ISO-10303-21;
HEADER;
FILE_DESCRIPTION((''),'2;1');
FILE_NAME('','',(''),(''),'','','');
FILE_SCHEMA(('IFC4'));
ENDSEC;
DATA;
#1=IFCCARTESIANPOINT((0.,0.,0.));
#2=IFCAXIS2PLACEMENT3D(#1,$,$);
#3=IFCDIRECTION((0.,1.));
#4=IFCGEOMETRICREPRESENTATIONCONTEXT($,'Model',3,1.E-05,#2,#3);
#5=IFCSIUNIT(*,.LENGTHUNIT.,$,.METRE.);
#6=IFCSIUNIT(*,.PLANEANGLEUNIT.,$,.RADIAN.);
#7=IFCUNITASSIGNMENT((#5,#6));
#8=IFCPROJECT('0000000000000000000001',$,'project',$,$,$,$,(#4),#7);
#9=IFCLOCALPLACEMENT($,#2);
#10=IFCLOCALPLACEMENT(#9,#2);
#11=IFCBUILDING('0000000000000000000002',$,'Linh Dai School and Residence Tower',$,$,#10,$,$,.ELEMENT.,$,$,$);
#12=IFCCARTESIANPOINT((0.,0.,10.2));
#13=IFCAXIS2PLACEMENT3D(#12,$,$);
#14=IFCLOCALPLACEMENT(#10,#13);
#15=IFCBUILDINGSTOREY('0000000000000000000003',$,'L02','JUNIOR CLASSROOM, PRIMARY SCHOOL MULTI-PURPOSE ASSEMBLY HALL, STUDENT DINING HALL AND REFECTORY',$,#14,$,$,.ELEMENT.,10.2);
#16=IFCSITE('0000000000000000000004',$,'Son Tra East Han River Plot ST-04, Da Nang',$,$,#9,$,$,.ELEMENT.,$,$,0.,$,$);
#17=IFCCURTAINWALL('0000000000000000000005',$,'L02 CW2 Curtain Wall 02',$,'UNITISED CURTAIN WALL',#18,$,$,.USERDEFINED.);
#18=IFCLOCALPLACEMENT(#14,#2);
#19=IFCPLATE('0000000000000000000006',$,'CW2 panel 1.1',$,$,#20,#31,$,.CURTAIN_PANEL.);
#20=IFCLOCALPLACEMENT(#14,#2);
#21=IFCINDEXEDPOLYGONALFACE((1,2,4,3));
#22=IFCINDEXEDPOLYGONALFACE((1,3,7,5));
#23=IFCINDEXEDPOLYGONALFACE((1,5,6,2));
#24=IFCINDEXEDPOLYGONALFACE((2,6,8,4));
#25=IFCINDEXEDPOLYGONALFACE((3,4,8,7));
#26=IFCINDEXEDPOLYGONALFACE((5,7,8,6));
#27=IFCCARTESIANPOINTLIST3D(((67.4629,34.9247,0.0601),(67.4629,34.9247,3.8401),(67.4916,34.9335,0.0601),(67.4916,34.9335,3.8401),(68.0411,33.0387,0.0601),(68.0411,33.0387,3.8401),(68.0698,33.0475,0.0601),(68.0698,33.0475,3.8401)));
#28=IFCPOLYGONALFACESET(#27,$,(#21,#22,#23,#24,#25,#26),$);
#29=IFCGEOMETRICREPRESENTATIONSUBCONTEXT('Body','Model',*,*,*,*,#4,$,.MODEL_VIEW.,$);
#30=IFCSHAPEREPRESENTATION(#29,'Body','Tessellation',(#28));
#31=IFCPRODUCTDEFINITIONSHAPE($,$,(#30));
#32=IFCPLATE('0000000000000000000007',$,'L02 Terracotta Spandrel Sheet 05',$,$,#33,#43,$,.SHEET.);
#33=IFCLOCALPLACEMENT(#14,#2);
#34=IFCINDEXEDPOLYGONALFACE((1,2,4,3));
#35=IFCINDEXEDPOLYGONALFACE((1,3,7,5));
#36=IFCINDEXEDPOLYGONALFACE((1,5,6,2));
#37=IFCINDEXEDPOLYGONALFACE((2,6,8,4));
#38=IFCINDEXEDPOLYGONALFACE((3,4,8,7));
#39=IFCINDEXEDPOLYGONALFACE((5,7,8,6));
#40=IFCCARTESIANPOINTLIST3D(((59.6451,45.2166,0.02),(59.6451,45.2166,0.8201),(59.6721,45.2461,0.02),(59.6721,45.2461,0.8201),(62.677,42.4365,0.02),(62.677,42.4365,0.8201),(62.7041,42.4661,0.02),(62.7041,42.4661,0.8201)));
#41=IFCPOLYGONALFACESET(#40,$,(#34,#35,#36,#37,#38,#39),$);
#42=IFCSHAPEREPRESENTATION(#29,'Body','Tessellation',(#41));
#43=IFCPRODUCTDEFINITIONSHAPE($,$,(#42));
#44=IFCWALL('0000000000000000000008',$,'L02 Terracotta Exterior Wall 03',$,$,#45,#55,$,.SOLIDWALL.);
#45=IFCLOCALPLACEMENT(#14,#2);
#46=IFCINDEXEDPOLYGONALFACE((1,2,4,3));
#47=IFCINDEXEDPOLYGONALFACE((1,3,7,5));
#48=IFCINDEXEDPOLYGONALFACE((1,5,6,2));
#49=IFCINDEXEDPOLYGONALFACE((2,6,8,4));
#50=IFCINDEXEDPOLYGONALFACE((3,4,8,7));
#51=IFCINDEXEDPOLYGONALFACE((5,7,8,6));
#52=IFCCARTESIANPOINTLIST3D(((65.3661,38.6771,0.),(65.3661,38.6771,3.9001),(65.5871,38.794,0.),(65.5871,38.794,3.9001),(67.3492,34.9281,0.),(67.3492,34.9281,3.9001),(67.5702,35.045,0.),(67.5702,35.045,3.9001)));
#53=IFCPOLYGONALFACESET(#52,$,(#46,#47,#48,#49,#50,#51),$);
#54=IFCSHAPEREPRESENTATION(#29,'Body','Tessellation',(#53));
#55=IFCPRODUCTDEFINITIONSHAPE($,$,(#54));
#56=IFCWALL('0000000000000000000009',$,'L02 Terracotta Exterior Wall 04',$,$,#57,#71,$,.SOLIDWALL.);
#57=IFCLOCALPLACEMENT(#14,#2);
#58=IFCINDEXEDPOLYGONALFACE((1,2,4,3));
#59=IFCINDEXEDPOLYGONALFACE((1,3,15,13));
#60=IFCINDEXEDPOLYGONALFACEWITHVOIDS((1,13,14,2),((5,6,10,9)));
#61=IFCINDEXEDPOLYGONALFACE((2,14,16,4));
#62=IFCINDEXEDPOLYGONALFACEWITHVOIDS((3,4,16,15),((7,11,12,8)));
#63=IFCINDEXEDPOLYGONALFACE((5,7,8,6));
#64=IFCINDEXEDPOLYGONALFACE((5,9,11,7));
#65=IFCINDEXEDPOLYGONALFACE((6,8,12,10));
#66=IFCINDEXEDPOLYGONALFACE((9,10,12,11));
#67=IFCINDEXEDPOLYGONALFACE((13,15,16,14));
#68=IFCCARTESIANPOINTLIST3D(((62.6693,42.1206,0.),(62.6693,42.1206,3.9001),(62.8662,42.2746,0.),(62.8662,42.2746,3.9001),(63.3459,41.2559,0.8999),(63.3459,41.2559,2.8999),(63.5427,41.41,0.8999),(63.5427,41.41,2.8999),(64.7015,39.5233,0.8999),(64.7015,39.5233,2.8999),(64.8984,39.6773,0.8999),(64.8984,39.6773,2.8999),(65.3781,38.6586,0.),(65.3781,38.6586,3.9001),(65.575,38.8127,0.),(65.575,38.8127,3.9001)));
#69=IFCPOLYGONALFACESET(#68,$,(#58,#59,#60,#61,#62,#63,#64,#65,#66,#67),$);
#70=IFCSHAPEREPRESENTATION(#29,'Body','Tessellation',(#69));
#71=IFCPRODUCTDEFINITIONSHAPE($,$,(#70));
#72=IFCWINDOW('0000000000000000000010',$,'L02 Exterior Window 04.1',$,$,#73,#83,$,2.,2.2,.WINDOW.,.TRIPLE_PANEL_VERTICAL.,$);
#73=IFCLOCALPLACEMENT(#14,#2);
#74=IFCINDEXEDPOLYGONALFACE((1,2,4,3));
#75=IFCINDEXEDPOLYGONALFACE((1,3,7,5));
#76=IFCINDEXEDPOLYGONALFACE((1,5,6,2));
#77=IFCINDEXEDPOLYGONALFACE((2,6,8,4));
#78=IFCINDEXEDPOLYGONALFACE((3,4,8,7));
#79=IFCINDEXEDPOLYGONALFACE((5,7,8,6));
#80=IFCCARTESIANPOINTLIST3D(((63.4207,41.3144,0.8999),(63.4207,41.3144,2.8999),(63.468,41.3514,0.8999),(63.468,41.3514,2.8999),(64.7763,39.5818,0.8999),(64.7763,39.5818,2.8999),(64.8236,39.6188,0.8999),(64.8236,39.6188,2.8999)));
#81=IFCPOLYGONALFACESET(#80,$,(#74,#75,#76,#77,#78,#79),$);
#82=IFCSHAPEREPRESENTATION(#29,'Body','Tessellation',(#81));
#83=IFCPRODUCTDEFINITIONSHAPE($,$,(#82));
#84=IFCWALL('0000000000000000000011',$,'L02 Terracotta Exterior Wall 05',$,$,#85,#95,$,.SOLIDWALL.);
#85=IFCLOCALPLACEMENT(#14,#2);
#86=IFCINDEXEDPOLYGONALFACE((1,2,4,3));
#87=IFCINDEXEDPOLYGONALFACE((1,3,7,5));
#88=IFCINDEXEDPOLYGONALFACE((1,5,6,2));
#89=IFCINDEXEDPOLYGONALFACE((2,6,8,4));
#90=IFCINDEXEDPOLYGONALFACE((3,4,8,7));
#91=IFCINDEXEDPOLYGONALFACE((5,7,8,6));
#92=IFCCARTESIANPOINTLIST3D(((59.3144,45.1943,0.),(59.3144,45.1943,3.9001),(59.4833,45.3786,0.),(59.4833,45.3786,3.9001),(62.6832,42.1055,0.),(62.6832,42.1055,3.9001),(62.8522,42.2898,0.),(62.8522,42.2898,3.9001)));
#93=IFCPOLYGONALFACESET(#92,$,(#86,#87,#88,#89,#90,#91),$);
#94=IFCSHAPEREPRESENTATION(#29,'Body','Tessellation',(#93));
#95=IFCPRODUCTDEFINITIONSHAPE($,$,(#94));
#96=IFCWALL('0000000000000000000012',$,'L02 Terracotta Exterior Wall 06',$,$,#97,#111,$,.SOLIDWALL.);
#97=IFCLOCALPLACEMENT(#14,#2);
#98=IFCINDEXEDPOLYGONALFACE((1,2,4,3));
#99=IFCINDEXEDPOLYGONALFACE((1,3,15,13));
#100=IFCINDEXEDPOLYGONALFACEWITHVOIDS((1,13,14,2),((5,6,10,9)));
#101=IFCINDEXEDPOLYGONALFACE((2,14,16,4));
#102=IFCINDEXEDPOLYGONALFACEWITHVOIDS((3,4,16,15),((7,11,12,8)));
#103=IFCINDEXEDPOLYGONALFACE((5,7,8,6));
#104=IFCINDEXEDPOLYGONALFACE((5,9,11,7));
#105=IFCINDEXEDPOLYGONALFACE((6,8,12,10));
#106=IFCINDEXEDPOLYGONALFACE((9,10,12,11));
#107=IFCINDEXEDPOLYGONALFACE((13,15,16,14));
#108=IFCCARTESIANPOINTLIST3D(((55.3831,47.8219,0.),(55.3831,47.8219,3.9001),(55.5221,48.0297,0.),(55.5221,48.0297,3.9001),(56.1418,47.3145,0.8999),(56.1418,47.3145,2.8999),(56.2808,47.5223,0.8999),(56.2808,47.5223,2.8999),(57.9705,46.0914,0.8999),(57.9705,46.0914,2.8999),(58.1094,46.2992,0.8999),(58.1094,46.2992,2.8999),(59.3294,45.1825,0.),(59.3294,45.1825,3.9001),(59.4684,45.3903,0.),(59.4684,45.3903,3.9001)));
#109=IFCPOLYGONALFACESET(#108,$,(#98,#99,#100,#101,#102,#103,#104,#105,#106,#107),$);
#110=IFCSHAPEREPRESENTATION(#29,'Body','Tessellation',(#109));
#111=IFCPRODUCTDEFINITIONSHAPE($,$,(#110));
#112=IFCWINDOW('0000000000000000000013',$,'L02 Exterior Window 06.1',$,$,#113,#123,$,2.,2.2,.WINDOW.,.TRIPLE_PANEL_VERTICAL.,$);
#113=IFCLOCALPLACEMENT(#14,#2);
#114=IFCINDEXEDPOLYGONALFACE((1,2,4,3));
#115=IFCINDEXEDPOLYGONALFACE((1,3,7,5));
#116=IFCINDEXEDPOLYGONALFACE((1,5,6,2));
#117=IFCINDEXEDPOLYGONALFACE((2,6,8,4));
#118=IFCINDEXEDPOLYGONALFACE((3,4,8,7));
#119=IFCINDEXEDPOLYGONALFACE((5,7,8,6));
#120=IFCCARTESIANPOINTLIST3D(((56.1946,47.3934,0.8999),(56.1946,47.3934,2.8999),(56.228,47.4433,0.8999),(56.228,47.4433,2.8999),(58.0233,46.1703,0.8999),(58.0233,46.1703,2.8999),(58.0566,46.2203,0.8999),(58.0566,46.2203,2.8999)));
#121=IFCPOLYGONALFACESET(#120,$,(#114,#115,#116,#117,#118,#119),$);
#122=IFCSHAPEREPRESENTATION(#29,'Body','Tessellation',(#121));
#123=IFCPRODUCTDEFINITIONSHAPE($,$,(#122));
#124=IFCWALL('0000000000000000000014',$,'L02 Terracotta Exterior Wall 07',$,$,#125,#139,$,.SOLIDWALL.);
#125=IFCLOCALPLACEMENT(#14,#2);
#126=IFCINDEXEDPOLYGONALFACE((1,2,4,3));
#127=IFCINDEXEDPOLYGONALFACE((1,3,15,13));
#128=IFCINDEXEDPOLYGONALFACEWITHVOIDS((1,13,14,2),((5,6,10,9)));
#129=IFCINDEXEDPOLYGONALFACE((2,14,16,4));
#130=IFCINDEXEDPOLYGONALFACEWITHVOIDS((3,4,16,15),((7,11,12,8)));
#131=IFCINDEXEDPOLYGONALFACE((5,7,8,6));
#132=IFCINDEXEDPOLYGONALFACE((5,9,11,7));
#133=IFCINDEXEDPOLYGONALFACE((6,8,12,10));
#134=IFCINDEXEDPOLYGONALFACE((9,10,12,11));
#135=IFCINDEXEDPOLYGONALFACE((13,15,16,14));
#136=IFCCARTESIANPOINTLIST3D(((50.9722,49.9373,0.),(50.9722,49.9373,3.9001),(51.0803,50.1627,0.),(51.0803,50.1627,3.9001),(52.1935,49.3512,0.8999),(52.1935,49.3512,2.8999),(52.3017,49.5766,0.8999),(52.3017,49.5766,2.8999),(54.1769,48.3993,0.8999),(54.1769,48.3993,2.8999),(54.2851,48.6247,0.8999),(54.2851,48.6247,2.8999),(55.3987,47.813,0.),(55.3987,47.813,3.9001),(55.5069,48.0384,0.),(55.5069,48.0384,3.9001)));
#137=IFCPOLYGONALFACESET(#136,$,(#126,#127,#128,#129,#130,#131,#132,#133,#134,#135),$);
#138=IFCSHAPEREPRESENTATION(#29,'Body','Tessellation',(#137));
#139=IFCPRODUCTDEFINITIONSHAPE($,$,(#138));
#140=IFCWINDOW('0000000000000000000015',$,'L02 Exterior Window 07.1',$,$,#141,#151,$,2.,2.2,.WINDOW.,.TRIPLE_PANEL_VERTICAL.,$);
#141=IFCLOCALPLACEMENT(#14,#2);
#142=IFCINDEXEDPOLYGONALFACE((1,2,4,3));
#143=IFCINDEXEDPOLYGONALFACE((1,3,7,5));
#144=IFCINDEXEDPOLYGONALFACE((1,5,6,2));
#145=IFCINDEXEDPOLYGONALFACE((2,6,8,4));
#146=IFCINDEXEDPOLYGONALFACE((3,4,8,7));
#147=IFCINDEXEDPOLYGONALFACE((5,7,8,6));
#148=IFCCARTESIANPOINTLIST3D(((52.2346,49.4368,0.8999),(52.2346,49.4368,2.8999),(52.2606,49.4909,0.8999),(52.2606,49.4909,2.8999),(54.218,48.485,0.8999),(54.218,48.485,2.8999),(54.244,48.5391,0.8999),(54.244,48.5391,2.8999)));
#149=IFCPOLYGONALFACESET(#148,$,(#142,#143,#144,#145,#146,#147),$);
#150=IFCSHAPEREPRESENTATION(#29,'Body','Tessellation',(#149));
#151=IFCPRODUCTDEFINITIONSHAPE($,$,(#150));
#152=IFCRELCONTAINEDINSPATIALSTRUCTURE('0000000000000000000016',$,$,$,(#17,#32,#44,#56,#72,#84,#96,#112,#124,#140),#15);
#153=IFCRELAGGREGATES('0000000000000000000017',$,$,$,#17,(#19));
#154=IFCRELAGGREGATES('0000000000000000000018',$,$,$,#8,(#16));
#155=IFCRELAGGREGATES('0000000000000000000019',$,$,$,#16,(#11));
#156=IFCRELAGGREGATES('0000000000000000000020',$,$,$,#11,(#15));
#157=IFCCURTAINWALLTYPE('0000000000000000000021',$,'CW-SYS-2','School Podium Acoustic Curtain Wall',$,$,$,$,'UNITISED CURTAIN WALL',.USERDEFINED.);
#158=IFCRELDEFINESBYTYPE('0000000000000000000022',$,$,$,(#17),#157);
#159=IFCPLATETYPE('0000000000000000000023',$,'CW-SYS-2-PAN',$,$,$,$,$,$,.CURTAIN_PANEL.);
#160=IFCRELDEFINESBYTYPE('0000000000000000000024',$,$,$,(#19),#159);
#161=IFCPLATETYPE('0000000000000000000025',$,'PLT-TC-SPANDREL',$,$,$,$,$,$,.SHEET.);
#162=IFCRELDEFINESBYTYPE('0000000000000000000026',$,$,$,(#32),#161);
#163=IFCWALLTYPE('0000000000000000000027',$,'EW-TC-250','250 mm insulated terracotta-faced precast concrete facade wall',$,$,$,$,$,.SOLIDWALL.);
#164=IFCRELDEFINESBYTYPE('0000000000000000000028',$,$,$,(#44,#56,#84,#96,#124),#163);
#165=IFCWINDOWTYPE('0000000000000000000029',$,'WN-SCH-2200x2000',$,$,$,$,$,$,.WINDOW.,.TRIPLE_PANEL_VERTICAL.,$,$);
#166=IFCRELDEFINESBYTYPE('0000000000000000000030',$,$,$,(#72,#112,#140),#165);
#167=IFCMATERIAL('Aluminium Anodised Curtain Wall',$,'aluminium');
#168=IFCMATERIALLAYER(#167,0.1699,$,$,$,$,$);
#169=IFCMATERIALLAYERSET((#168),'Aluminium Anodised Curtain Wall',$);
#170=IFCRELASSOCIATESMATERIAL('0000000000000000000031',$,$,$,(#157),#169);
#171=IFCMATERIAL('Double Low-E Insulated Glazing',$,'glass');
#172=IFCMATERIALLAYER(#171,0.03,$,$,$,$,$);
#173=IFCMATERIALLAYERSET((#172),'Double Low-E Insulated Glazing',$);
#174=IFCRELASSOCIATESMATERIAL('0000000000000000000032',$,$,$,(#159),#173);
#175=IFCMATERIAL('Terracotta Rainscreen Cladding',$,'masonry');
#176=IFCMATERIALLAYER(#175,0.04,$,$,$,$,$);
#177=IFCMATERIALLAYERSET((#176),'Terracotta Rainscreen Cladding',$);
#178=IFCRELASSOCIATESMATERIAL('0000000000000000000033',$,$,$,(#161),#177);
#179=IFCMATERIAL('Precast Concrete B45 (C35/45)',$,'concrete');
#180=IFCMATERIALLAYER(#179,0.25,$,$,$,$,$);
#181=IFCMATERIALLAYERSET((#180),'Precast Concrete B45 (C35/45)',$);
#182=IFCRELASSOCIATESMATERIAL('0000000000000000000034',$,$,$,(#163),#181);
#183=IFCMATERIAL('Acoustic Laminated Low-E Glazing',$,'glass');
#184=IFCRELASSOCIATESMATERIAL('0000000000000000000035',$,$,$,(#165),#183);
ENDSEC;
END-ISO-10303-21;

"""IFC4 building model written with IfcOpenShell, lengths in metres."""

from ifc_helpers import new_model, si_unit, direction, frame, frame_2d, origin, origin_2d, place, context, subcontext, project, spatial, rectangle, extrude, source, transform, mapped, material, layer, layer_set, type_object, element, fill, aggregate, save


model = new_model("IFC4")

# Units and contexts
model_context = context("Model", 3, precision=1e-05, world=origin(), true_north=direction((0.0, 1.0)))
body_context = subcontext(model_context, "Body", "Model", "MODEL_VIEW")
ifc_project = project(units=[si_unit("LENGTHUNIT", "METRE"), si_unit("PLANEANGLEUNIT", "RADIAN")], contexts=[model_context])

# Site, building, storey
site_placement = place(None, origin())
site = spatial("IfcSite", under=ifc_project, at=site_placement, Name="Son Tra East Han River Plot ST-04, Da Nang", CompositionType="ELEMENT", RefElevation=0.0)
building_placement = place(site_placement, origin())
building = spatial("IfcBuilding", under=site, at=building_placement, Name="Linh Dai School and Residence Tower", CompositionType="ELEMENT")
storey_placement = place(building_placement, frame((0.0, 0.0, 10.2)))
storey = spatial("IfcBuildingStorey", under=building, at=storey_placement, Name="L02", Description="JUNIOR CLASSROOM, PRIMARY SCHOOL MULTI-PURPOSE ASSEMBLY HALL, STUDENT DINING HALL AND REFECTORY", CompositionType="ELEMENT", Elevation=10.2)

# Curtain wall
ifc_material_1 = material(Name="Aluminium Anodised Curtain Wall", Category="aluminium")
ifc_layer_1 = layer(ifc_material_1, 0.1699)
ifc_layer_set_1 = layer_set([ifc_layer_1], Name="Aluminium Anodised Curtain Wall")
curtain_wall_type = type_object("IfcCurtainWallType", Name="CW-SYS-2", Description="School Podium Acoustic Curtain Wall", ElementType="UNITISED CURTAIN WALL", PredefinedType="USERDEFINED", material=ifc_layer_set_1)
curtain_wall_placement = place(storey_placement, origin())
curtain_wall = element("IfcCurtainWall", 1, at=curtain_wall_placement, inside=storey, type_object=curtain_wall_type, Name="L02 CW2 Curtain Wall 02", ObjectType="UNITISED CURTAIN WALL", PredefinedType="USERDEFINED")

# Plates
ifc_material_2 = material(Name="Double Low-E Insulated Glazing", Category="glass")
ifc_layer_2 = layer(ifc_material_2, 0.03)
ifc_layer_set_2 = layer_set([ifc_layer_2], Name="Double Low-E Insulated Glazing")
plate_type_1 = type_object("IfcPlateType", Name="CW-SYS-2-PAN", PredefinedType="CURTAIN_PANEL", material=ifc_layer_set_2)
shared_shape_1 = source(origin(), body_context, "Body", "SweptSolid", [
    extrude(rectangle(XDim=1.9727, YDim=0.03, at=origin_2d()), origin(), (0.0, 0.0, 1.0), 3.78),
])
plate_1_placement = place(storey_placement, frame((67.7664, 33.9861, 0.0601), z_axis=(0.0, 0.0, 1.0), x_axis=(0.293104, -0.956081, 0.0)))
plate_1 = element("IfcPlate", 2, at=plate_1_placement, type_object=plate_type_1, Name="CW2 panel 1.1", PredefinedType="CURTAIN_PANEL", context=body_context, shape_type="MappedRepresentation", body=[
    mapped(shared_shape_1, transform((0.0, 0.0, 0.0), x_axis=(1.0, 0.0, 0.0), y_axis=(0.0, 1.0, 0.0), z_axis=(0.0, 0.0, 1.0), scale=1.0)),
])
aggregate(curtain_wall, [plate_1])
ifc_material_3 = material(Name="Terracotta Rainscreen Cladding", Category="masonry")
ifc_layer_3 = layer(ifc_material_3, 0.04)
ifc_layer_set_3 = layer_set([ifc_layer_3], Name="Terracotta Rainscreen Cladding")
plate_type_2 = type_object("IfcPlateType", Name="PLT-TC-SPANDREL", PredefinedType="SHEET", material=ifc_layer_set_3)
shared_shape_2 = source(origin(), body_context, "Body", "SweptSolid", [
    extrude(rectangle(XDim=4.1135, YDim=0.04, at=origin_2d()), origin(), (0.0, 0.0, 1.0), 0.8),
])
plate_2_placement = place(storey_placement, frame((61.1746, 43.8413, 0.02), z_axis=(0.0, 0.0, 1.0), x_axis=(0.737063, -0.675824, 0.0)))
element("IfcPlate", 3, at=plate_2_placement, inside=storey, type_object=plate_type_2, Name="L02 Terracotta Spandrel Sheet 05", PredefinedType="SHEET", context=body_context, shape_type="MappedRepresentation", body=[
    mapped(shared_shape_2, transform((0.0, 0.0, 0.0), x_axis=(1.0, 0.0, 0.0), y_axis=(0.0, 1.0, 0.0), z_axis=(0.0, 0.0, 1.0), scale=1.0)),
])

# Wall
ifc_material_4 = material(Name="Precast Concrete B45 (C35/45)", Category="concrete")
ifc_layer_4 = layer(ifc_material_4, 0.25)
ifc_layer_set_4 = layer_set([ifc_layer_4], Name="Precast Concrete B45 (C35/45)")
wall_type_1 = type_object("IfcWallType", Name="EW-TC-250", Description="250 mm insulated terracotta-faced precast concrete facade wall", PredefinedType="SOLIDWALL", material=ifc_layer_set_4)
wall_1_placement = place(storey_placement, frame((65.4766, 38.7356, 0.0), z_axis=(0.0, 0.0, 1.0), x_axis=(0.467589, -0.883946, 0.0)))
element("IfcWall", 4, at=wall_1_placement, inside=storey, type_object=wall_type_1, Name="L02 Terracotta Exterior Wall 03", PredefinedType="SOLIDWALL", context=body_context, shape_type="SweptSolid", body=[
    extrude(rectangle(XDim=4.2412, YDim=0.25, at=frame_2d((2.1206, 0.0))), origin(), (0.0, 0.0, 1.0), 3.9001),
])

# Wall, opening, window
wall_2_placement = place(storey_placement, frame((62.7678, 42.1975, 0.0), z_axis=(0.0, 0.0, 1.0), x_axis=(0.616226, -0.787569, 0.0)))
wall_2 = element("IfcWall", 5, at=wall_2_placement, inside=storey, type_object=wall_type_1, Name="L02 Terracotta Exterior Wall 04", PredefinedType="SOLIDWALL", context=body_context, shape_type="SweptSolid", body=[
    extrude(rectangle(XDim=4.3958, YDim=0.25, at=frame_2d((2.1978, 0.0))), origin(), (0.0, 0.0, 1.0), 3.9001),
])
opening_1_placement = place(wall_2_placement, frame((1.0977, 0.0, 0.8999)))
opening_1 = element("IfcOpeningElement", 6, at=opening_1_placement, cuts=wall_2, PredefinedType="OPENING", context=body_context, shape_type="SweptSolid", body=[
    extrude(rectangle(XDim=2.2, YDim=2.0, at=origin_2d()), frame((1.1001, 0.135, 1.0), z_axis=(0.0, -1.0, 0.0), x_axis=(1.0, 0.0, 0.0)), (0.0, 0.0, 1.0), 0.27),
])
ifc_material_5 = material(Name="Acoustic Laminated Low-E Glazing", Category="glass")
window_type = type_object("IfcWindowType", Name="WN-SCH-2200x2000", PartitioningType="TRIPLE_PANEL_VERTICAL", PredefinedType="WINDOW", material=ifc_material_5)
shared_shape_3 = source(origin(), body_context, "Body", "SweptSolid", [
    extrude(rectangle(XDim=2.2, YDim=2.0, at=origin_2d()), frame((1.1001, 0.03, 1.0), z_axis=(0.0, -1.0, 0.0), x_axis=(1.0, 0.0, 0.0)), (0.0, 0.0, 1.0), 0.0601),
])
window_1_placement = place(opening_1_placement, origin())
window_1 = element("IfcWindow", 7, at=window_1_placement, inside=storey, type_object=window_type, Name="L02 Exterior Window 04.1", OverallHeight=2.0, OverallWidth=2.2, PartitioningType="TRIPLE_PANEL_VERTICAL", PredefinedType="WINDOW", context=body_context, shape_type="MappedRepresentation", body=[
    mapped(shared_shape_3, transform((0.0, 0.0, 0.0), x_axis=(1.0, 0.0, 0.0), y_axis=(0.0, 1.0, 0.0), z_axis=(0.0, 0.0, 1.0), scale=1.0)),
])
fill(opening_1, window_1)

# Wall
wall_3_placement = place(storey_placement, frame((59.3989, 45.2864, 0.0), z_axis=(0.0, 0.0, 1.0), x_axis=(0.737077, -0.675809, 0.0)))
element("IfcWall", 8, at=wall_3_placement, inside=storey, type_object=wall_type_1, Name="L02 Terracotta Exterior Wall 05", PredefinedType="SOLIDWALL", context=body_context, shape_type="SweptSolid", body=[
    extrude(rectangle(XDim=4.5706, YDim=0.25, at=frame_2d((2.2852, 0.0))), origin(), (0.0, 0.0, 1.0), 3.9001),
])

# Walls, openings, windows
wall_4_placement = place(storey_placement, frame((55.4526, 47.9258, 0.0), z_axis=(0.0, 0.0, 1.0), x_axis=(0.831219, -0.555946, 0.0)))
wall_4 = element("IfcWall", 9, at=wall_4_placement, inside=storey, type_object=wall_type_1, Name="L02 Terracotta Exterior Wall 06", PredefinedType="SOLIDWALL", context=body_context, shape_type="SweptSolid", body=[
    extrude(rectangle(XDim=4.7476, YDim=0.25, at=frame_2d((2.3738, 0.0))), origin(), (0.0, 0.0, 1.0), 3.9001),
])
opening_2_placement = place(wall_4_placement, frame((0.9126, 0.0, 0.8999)))
opening_2 = element("IfcOpeningElement", 10, at=opening_2_placement, cuts=wall_4, PredefinedType="OPENING", context=body_context, shape_type="SweptSolid", body=[
    extrude(rectangle(XDim=2.2, YDim=2.0, at=origin_2d()), frame((1.1001, 0.135, 1.0), z_axis=(0.0, -1.0, 0.0), x_axis=(1.0, 0.0, 0.0)), (0.0, 0.0, 1.0), 0.27),
])
window_2_placement = place(opening_2_placement, origin())
window_2 = element("IfcWindow", 11, at=window_2_placement, inside=storey, type_object=window_type, Name="L02 Exterior Window 06.1", OverallHeight=2.0, OverallWidth=2.2, PartitioningType="TRIPLE_PANEL_VERTICAL", PredefinedType="WINDOW", context=body_context, shape_type="MappedRepresentation", body=[
    mapped(shared_shape_3, transform((0.0, 0.0, 0.0), x_axis=(1.0, 0.0, 0.0), y_axis=(0.0, 1.0, 0.0), z_axis=(0.0, 0.0, 1.0), scale=1.0)),
])
fill(opening_2, window_2)
wall_5_placement = place(storey_placement, frame((51.0261, 50.05, 0.0), z_axis=(0.0, 0.0, 1.0), x_axis=(0.90156, -0.432655, 0.0)))
wall_5 = element("IfcWall", 12, at=wall_5_placement, inside=storey, type_object=wall_type_1, Name="L02 Terracotta Exterior Wall 07", PredefinedType="SOLIDWALL", context=body_context, shape_type="SweptSolid", body=[
    extrude(rectangle(XDim=4.9099, YDim=0.25, at=frame_2d((2.4551, 0.0))), origin(), (0.0, 0.0, 1.0), 3.9001),
])
opening_3_placement = place(wall_5_placement, frame((1.3547, 0.0, 0.8999)))
opening_3 = element("IfcOpeningElement", 13, at=opening_3_placement, cuts=wall_5, PredefinedType="OPENING", context=body_context, shape_type="SweptSolid", body=[
    extrude(rectangle(XDim=2.2, YDim=2.0, at=origin_2d()), frame((1.1001, 0.135, 1.0), z_axis=(0.0, -1.0, 0.0), x_axis=(1.0, 0.0, 0.0)), (0.0, 0.0, 1.0), 0.27),
])
window_3_placement = place(opening_3_placement, origin())
window_3 = element("IfcWindow", 14, at=window_3_placement, inside=storey, type_object=window_type, Name="L02 Exterior Window 07.1", OverallHeight=2.0, OverallWidth=2.2, PartitioningType="TRIPLE_PANEL_VERTICAL", PredefinedType="WINDOW", context=body_context, shape_type="MappedRepresentation", body=[
    mapped(shared_shape_3, transform((0.0, 0.0, 0.0), x_axis=(1.0, 0.0, 0.0), y_axis=(0.0, 1.0, 0.0), z_axis=(0.0, 0.0, 1.0), scale=1.0)),
])
fill(opening_3, window_3)

save(model, "model.ifc")
